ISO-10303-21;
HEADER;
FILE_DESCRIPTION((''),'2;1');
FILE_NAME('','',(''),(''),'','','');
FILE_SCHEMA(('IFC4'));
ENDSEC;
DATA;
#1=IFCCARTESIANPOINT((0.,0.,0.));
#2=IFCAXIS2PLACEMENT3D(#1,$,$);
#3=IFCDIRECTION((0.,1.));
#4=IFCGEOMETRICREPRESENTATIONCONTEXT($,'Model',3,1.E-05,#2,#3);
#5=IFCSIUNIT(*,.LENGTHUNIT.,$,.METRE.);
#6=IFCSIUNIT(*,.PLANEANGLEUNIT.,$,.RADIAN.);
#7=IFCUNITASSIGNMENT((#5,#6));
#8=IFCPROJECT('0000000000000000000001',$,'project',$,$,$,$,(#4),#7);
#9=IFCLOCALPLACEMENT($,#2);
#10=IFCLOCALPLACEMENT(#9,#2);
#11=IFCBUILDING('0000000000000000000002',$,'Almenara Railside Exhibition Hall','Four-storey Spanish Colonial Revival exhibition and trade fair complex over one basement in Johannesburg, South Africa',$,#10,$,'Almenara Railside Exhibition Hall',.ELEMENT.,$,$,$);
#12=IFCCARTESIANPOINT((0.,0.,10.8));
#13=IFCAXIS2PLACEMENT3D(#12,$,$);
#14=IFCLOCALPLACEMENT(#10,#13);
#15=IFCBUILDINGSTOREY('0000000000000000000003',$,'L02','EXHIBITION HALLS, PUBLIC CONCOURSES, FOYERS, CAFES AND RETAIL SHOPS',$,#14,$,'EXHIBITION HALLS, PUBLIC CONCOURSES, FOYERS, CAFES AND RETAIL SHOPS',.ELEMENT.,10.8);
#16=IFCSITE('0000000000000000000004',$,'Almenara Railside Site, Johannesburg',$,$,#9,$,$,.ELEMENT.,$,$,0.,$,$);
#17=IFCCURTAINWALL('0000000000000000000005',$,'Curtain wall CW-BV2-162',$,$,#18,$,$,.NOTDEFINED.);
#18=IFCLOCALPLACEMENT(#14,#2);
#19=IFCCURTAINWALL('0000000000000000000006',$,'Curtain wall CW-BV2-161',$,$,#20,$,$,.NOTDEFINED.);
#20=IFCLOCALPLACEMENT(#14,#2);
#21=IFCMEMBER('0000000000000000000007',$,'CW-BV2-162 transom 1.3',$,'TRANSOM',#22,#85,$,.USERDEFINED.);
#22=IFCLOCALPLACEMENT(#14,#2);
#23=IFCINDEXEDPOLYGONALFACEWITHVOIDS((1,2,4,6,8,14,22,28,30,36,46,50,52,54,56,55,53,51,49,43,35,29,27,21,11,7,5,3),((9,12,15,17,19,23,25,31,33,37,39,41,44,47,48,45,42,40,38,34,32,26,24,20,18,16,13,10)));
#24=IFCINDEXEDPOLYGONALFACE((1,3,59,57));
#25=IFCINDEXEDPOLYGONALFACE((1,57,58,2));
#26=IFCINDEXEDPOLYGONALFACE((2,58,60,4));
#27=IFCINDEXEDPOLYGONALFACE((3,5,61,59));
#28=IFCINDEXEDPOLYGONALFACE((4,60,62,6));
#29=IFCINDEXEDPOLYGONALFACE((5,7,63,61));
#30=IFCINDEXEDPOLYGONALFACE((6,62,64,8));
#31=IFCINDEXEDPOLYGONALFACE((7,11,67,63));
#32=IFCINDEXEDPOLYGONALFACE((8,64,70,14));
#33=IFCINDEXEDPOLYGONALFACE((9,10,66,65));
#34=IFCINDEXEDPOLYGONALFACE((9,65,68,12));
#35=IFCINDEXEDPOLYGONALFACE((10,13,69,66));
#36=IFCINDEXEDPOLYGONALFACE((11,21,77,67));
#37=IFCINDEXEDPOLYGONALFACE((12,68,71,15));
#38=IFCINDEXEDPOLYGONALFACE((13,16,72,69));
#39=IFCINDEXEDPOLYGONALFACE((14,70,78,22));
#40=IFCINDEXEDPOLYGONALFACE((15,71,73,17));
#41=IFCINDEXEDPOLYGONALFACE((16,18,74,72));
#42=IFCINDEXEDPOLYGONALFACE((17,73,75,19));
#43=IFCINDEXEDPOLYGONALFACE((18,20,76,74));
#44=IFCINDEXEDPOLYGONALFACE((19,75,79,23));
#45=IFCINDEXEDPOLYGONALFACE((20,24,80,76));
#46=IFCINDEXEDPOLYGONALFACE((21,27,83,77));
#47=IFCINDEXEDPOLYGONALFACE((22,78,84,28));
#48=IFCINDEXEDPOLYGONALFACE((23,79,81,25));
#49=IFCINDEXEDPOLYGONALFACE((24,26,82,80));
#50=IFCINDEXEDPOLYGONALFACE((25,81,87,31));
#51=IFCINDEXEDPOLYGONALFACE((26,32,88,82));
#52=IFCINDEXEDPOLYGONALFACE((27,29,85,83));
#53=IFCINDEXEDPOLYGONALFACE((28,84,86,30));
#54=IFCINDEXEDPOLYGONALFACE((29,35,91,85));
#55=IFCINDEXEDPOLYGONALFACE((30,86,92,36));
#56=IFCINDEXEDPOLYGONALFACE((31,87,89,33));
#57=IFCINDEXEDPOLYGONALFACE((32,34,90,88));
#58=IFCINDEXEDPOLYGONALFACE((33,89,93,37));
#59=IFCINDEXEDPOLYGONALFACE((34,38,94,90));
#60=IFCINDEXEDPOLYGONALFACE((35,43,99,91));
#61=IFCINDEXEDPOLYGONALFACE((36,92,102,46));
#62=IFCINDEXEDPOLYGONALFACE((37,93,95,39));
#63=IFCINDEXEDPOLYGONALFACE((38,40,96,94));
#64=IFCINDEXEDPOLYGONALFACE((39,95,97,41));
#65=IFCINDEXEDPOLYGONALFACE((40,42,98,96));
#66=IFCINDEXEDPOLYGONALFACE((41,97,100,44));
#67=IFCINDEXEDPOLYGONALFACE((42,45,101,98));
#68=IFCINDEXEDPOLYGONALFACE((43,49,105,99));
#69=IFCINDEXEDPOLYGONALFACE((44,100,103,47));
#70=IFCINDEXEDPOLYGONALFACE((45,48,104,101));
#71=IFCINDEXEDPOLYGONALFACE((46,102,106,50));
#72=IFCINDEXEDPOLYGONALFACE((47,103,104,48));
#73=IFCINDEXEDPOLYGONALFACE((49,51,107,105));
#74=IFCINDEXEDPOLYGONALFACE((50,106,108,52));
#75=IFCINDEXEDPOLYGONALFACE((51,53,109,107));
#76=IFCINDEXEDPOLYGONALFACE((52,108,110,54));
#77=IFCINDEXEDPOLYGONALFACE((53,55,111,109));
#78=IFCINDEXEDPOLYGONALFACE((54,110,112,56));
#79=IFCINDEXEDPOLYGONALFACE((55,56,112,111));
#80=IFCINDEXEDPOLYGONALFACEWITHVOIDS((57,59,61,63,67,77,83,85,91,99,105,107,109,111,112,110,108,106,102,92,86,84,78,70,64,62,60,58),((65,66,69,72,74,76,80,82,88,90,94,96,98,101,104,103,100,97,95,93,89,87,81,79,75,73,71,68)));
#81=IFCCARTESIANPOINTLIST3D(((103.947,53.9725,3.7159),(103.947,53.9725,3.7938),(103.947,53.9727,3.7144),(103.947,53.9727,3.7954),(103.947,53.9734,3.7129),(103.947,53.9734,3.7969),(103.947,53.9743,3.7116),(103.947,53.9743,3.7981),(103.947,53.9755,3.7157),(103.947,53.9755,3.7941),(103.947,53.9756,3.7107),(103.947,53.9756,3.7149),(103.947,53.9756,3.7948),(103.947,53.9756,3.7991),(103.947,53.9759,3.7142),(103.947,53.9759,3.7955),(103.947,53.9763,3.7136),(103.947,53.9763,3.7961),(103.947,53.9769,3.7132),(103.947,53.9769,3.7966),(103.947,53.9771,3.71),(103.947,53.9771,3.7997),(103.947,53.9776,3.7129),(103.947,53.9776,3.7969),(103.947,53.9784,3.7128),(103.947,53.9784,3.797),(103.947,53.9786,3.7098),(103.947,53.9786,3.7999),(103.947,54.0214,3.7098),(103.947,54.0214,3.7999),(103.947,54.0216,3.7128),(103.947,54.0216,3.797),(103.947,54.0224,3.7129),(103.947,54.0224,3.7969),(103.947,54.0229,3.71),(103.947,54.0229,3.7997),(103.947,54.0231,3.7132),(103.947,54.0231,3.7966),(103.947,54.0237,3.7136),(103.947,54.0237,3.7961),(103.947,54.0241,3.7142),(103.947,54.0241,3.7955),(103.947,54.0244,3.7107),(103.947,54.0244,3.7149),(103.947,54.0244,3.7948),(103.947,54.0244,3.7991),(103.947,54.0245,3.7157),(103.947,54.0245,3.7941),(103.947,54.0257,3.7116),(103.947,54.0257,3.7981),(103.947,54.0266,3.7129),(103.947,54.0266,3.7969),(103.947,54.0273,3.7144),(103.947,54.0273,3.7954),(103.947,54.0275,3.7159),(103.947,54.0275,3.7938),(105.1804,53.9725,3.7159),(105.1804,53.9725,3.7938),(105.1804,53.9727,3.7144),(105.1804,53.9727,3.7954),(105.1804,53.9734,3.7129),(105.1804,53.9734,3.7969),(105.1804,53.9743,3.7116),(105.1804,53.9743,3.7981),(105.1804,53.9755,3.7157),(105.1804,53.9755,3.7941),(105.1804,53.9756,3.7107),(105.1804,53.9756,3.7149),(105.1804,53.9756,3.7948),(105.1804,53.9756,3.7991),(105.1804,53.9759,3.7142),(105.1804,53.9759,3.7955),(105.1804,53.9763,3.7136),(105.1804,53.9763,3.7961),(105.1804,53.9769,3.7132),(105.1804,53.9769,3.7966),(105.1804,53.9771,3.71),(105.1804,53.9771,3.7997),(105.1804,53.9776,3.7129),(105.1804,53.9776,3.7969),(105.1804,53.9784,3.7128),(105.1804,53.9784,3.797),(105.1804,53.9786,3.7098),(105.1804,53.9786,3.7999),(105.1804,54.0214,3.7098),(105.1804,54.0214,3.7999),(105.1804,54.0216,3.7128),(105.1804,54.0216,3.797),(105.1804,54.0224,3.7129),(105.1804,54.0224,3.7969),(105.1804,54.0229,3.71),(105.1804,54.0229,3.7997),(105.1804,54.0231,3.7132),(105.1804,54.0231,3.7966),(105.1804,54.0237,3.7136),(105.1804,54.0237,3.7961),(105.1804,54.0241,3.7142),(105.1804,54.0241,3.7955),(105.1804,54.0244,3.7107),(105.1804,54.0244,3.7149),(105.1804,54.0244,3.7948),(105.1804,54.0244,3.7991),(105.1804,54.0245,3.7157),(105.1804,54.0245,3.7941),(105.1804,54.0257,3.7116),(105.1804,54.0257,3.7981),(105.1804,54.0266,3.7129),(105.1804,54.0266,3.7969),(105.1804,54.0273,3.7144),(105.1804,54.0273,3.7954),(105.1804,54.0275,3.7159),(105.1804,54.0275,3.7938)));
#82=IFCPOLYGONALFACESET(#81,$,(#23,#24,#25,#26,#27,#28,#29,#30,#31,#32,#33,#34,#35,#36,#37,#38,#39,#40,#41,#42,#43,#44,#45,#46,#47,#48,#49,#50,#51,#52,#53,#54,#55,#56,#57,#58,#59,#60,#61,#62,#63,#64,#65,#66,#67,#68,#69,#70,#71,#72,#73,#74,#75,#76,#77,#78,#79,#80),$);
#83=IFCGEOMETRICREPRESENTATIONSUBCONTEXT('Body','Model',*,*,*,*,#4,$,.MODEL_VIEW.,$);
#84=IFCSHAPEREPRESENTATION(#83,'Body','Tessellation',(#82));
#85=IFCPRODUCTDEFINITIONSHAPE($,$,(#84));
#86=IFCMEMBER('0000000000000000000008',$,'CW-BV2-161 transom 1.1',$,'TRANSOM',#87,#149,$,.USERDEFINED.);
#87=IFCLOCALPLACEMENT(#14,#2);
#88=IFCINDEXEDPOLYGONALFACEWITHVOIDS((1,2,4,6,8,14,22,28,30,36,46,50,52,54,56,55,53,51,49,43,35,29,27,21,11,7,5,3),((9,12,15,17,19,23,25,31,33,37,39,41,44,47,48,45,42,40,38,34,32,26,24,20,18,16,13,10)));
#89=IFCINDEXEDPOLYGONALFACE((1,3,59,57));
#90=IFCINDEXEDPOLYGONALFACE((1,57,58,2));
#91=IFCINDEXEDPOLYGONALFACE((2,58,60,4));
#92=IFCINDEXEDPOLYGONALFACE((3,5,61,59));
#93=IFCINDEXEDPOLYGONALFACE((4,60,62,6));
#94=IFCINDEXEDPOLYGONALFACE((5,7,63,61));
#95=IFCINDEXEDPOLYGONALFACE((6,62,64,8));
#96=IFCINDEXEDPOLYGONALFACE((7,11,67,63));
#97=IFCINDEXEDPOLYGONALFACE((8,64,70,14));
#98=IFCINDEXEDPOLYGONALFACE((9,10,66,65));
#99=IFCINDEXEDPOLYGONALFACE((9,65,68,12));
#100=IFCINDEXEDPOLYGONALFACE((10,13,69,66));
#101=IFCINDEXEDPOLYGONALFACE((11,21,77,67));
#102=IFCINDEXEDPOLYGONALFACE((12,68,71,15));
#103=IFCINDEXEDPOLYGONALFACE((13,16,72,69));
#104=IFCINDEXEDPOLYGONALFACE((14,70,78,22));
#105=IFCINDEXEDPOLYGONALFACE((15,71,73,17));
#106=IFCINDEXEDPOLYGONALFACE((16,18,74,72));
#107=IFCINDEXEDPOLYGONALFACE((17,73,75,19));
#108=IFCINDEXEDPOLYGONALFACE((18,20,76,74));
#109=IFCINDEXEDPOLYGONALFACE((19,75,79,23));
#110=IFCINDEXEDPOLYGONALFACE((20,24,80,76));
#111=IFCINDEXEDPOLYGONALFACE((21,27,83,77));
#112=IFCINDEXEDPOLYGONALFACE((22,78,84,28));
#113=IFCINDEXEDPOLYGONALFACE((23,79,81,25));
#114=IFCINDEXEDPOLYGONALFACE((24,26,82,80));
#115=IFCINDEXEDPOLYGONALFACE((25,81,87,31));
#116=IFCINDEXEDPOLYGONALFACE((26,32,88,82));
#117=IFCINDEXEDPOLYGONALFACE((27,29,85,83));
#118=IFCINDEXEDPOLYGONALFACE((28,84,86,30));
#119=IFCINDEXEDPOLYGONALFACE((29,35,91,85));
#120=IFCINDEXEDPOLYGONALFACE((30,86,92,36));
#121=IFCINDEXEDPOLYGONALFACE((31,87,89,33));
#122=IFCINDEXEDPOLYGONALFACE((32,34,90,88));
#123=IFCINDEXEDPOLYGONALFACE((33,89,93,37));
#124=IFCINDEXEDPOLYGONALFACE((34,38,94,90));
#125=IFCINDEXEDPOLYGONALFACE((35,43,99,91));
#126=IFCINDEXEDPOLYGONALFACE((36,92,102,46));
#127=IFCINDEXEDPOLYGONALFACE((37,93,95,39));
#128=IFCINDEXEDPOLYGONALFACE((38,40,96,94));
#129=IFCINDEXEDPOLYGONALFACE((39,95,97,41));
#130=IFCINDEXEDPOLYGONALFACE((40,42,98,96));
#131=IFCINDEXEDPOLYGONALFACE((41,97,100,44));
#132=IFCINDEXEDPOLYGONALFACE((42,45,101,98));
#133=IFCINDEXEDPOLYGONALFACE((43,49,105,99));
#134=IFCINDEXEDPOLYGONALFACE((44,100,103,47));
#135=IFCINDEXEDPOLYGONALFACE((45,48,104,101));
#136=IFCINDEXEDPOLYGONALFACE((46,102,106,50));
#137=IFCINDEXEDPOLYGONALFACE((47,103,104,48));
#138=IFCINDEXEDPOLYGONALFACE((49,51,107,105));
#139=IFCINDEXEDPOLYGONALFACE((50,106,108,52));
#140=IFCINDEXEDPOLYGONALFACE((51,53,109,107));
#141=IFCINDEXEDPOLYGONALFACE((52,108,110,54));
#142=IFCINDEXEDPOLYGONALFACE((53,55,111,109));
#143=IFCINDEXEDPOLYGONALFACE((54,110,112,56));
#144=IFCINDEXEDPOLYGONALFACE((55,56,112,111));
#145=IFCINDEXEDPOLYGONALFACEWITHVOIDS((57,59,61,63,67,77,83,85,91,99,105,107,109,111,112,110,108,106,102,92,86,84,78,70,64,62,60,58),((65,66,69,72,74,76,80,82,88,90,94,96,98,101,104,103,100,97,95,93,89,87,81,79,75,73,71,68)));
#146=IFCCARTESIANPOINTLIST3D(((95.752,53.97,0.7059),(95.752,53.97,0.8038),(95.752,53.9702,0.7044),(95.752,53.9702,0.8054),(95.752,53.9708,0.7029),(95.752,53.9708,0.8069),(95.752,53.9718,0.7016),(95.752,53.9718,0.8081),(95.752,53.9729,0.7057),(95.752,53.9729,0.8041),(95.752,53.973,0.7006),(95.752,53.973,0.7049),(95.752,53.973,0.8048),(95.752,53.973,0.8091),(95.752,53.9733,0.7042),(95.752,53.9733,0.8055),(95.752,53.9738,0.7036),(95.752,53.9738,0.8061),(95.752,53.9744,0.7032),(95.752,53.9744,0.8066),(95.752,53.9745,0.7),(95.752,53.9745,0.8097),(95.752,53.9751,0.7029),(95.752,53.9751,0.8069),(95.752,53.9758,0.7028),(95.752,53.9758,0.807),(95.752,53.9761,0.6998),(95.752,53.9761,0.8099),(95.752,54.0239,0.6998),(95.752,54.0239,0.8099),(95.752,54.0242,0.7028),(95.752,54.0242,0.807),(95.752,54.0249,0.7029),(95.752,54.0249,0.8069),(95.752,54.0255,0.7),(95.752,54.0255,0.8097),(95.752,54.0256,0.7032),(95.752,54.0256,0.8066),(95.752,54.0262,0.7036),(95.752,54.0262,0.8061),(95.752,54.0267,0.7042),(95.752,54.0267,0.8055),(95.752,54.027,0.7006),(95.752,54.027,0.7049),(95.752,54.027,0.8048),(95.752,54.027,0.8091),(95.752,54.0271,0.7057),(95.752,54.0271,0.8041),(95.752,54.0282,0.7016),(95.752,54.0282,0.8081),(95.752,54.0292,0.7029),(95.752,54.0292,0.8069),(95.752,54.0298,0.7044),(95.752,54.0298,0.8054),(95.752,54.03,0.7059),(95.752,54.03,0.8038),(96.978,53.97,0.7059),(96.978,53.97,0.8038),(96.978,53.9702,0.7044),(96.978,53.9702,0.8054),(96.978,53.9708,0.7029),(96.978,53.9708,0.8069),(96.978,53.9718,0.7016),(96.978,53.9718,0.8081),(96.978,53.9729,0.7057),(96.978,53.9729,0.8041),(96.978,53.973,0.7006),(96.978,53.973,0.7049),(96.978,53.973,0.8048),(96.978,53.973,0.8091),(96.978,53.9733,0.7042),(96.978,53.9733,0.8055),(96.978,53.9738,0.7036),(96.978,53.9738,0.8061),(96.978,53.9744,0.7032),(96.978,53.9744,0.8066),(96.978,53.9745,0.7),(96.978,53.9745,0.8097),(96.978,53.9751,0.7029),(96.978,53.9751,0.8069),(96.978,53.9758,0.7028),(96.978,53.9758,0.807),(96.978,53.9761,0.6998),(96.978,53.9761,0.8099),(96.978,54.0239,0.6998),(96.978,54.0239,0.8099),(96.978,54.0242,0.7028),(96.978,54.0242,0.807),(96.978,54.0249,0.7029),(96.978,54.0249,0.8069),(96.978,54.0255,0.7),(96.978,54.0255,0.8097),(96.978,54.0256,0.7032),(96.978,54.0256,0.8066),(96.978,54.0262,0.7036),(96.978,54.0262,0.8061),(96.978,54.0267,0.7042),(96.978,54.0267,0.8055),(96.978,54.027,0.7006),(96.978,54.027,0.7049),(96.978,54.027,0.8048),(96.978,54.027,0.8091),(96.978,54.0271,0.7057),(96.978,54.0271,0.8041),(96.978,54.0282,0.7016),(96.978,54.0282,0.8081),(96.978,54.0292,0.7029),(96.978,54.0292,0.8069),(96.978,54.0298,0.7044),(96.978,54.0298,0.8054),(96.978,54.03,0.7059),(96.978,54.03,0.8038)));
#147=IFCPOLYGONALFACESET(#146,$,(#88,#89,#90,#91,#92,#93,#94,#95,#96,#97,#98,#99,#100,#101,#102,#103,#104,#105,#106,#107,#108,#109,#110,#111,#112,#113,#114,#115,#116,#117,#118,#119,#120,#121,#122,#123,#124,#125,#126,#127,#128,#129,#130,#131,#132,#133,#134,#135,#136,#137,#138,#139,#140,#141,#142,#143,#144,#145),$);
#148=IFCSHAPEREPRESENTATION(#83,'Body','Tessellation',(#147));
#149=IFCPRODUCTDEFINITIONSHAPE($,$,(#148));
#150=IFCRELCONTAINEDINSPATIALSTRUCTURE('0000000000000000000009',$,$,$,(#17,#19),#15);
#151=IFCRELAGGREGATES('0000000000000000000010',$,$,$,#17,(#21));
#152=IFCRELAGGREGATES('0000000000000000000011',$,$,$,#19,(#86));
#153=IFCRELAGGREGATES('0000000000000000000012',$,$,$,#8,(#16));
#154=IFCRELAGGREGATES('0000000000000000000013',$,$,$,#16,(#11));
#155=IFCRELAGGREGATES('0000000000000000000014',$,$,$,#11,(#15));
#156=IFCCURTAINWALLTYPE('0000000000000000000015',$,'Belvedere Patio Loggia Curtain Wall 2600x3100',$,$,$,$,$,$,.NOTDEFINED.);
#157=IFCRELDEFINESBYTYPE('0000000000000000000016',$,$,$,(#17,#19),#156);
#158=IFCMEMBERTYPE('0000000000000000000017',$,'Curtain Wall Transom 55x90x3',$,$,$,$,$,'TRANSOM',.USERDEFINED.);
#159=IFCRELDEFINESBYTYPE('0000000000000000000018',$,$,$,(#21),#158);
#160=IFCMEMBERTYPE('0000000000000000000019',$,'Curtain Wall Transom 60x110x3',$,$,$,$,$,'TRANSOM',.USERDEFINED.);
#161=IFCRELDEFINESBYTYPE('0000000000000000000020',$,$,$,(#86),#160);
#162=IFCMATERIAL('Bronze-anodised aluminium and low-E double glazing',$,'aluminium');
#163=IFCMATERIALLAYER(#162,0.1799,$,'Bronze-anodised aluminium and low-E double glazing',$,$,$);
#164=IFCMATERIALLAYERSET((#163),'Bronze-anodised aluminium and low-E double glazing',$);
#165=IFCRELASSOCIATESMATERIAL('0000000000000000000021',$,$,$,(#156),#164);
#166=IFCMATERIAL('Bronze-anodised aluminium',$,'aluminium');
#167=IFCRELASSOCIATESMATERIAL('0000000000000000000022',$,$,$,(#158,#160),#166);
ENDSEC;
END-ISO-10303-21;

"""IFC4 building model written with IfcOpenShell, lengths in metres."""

from ifc_helpers import new_model, si_unit, direction, frame, origin, origin_2d, place, context, subcontext, project, spatial, hollow_rectangle, extrude, material, layer, layer_set, material_profile, profile_set, type_object, element, aggregate, save


model = new_model("IFC4")

# Units and contexts
model_context = context("Model", 3, precision=1e-05, world=origin(), true_north=direction((0.0, 1.0)))
body_context = subcontext(model_context, "Body", "Model", "MODEL_VIEW")
ifc_project = project(units=[si_unit("LENGTHUNIT", "METRE"), si_unit("PLANEANGLEUNIT", "RADIAN")], contexts=[model_context])

# Site, building, storey
site_placement = place(None, origin())
site = spatial("IfcSite", under=ifc_project, at=site_placement, Name="Almenara Railside Site, Johannesburg", CompositionType="ELEMENT", RefElevation=0.0)
building_placement = place(site_placement, origin())
building = spatial("IfcBuilding", under=site, at=building_placement, Name="Almenara Railside Exhibition Hall", Description="Four-storey Spanish Colonial Revival exhibition and trade fair complex over one basement in Johannesburg, South Africa", LongName="Almenara Railside Exhibition Hall", CompositionType="ELEMENT")
storey_placement = place(building_placement, frame((0.0, 0.0, 10.8)))
storey = spatial("IfcBuildingStorey", under=building, at=storey_placement, Name="L02", Description="EXHIBITION HALLS, PUBLIC CONCOURSES, FOYERS, CAFES AND RETAIL SHOPS", LongName="EXHIBITION HALLS, PUBLIC CONCOURSES, FOYERS, CAFES AND RETAIL SHOPS", CompositionType="ELEMENT", Elevation=10.8)

# Curtain wall
ifc_material_1 = material(Name="Bronze-anodised aluminium and low-E double glazing", Category="aluminium")
ifc_layer_1 = layer(ifc_material_1, 0.1799, Name="Bronze-anodised aluminium and low-E double glazing")
ifc_layer_set_1 = layer_set([ifc_layer_1], Name="Bronze-anodised aluminium and low-E double glazing")
curtain_wall_type = type_object("IfcCurtainWallType", Name="Belvedere Patio Loggia Curtain Wall 2600x3100", PredefinedType="NOTDEFINED", material=ifc_layer_set_1)
curtain_wall_1_placement = place(storey_placement, origin())
curtain_wall_1 = element("IfcCurtainWall", 1, at=curtain_wall_1_placement, inside=storey, type_object=curtain_wall_type, Name="Curtain wall CW-BV2-162", PredefinedType="NOTDEFINED")
ifc_material_2 = material(Name="Bronze-anodised aluminium", Category="aluminium")

# Curtain wall
curtain_wall_2_placement = place(storey_placement, origin())
curtain_wall_2 = element("IfcCurtainWall", 2, at=curtain_wall_2_placement, inside=storey, type_object=curtain_wall_type, Name="Curtain wall CW-BV2-161", PredefinedType="NOTDEFINED")

# Members
ifc_material_profile_1 = material_profile(ifc_material_2, hollow_rectangle(XDim=0.0549, YDim=0.0901, WallThickness=0.0029, InnerFilletRadius=0.0029, OuterFilletRadius=0.0061, at=origin_2d()), Name="ALU-TRN 55x90x3")
ifc_profile_set_1 = profile_set([ifc_material_profile_1], Name="Bronze-anodised aluminium")
member_type_1 = type_object("IfcMemberType", Name="Curtain Wall Transom 55x90x3", ElementType="TRANSOM", PredefinedType="USERDEFINED", material=ifc_profile_set_1)
member_1_placement = place(storey_placement, frame((103.947, 54.0, 3.7549), z_axis=(1.0, 0.0, 0.0), x_axis=(0.0, 1.0, 0.0)))
member_1 = element("IfcMember", 3, at=member_1_placement, type_object=member_type_1, Name="CW-BV2-162 transom 1.3", ObjectType="TRANSOM", PredefinedType="USERDEFINED", context=body_context, shape_type="SweptSolid", body=[
    extrude(hollow_rectangle(XDim=0.0549, YDim=0.0901, WallThickness=0.0029, InnerFilletRadius=0.0029, OuterFilletRadius=0.0061, at=origin_2d()), origin(), (0.0, 0.0, 1.0), 1.2334),
])
ifc_material_profile_2 = material_profile(ifc_material_2, hollow_rectangle(XDim=0.0601, YDim=0.1101, WallThickness=0.0029, InnerFilletRadius=0.0029, OuterFilletRadius=0.0061, at=origin_2d()), Name="ALU-TRN 60x110x3")
ifc_profile_set_2 = profile_set([ifc_material_profile_2], Name="Bronze-anodised aluminium")
member_type_2 = type_object("IfcMemberType", Name="Curtain Wall Transom 60x110x3", ElementType="TRANSOM", PredefinedType="USERDEFINED", material=ifc_profile_set_2)
member_2_placement = place(storey_placement, frame((95.752, 54.0, 0.7549), z_axis=(1.0, 0.0, 0.0), x_axis=(0.0, 1.0, 0.0)))
member_2 = element("IfcMember", 4, at=member_2_placement, type_object=member_type_2, Name="CW-BV2-161 transom 1.1", ObjectType="TRANSOM", PredefinedType="USERDEFINED", context=body_context, shape_type="SweptSolid", body=[
    extrude(hollow_rectangle(XDim=0.0601, YDim=0.1101, WallThickness=0.0029, InnerFilletRadius=0.0029, OuterFilletRadius=0.0061, at=origin_2d()), origin(), (0.0, 0.0, 1.0), 1.2261),
])

aggregate(curtain_wall_1, [member_1])
aggregate(curtain_wall_2, [member_2])

save(model, "model.ifc")
